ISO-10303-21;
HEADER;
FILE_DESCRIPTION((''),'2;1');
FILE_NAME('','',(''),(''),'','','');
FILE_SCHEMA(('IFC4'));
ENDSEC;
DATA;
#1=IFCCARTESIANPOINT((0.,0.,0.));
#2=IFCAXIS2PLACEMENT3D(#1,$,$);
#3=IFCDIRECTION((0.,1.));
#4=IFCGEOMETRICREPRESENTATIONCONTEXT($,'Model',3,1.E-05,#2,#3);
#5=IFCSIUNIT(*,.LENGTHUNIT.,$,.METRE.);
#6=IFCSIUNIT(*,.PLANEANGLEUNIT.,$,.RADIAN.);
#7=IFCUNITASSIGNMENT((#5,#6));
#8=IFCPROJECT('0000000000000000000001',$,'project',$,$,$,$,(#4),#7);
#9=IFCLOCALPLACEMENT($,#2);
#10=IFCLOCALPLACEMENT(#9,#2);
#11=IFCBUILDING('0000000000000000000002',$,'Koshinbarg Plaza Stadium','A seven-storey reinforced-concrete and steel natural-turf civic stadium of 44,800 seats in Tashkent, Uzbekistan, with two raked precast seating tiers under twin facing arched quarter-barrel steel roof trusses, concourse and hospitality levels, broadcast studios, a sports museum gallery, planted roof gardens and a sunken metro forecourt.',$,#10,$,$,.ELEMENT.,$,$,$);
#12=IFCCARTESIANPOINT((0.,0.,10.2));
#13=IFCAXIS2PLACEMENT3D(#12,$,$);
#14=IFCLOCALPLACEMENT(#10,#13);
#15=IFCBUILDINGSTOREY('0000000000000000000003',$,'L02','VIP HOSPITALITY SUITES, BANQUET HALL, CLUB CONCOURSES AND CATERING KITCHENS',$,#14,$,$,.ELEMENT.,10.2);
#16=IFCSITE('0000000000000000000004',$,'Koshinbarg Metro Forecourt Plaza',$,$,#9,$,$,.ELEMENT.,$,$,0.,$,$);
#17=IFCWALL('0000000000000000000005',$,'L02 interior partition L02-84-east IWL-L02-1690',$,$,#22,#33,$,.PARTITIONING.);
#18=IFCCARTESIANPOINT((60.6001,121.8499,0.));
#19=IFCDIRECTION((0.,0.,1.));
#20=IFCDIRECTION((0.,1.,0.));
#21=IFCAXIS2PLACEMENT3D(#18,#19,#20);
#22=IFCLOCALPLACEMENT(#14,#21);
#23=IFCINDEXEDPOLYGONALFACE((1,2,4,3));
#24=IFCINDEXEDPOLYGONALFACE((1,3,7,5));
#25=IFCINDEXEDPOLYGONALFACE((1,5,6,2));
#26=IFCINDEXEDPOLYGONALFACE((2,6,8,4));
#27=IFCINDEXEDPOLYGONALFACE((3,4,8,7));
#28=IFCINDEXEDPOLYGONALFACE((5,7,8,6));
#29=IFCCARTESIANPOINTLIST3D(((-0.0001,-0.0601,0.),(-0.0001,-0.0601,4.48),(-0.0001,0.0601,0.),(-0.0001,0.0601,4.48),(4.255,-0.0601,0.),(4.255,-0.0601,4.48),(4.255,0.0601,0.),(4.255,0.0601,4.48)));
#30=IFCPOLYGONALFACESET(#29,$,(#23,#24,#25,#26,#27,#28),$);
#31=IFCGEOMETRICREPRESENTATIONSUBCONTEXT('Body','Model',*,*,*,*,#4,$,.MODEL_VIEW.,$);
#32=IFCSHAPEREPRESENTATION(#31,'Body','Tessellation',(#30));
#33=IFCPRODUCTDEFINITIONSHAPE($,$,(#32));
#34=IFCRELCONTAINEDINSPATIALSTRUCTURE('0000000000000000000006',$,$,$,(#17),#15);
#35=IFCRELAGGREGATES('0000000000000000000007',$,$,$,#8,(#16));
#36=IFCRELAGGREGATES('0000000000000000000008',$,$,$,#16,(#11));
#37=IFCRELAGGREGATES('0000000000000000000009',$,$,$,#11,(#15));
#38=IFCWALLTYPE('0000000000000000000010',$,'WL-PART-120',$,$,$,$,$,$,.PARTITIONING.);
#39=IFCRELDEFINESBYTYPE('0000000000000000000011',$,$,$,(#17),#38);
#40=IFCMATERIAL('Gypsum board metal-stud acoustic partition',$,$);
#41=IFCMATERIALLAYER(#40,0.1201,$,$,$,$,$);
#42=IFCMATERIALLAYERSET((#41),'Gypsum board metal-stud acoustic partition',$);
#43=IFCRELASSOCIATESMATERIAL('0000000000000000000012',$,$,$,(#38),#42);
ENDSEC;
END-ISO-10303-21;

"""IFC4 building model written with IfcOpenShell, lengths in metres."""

from ifc_helpers import new_model, si_unit, direction, frame, frame_2d, origin, place, context, subcontext, project, spatial, rectangle, extrude, material, layer, layer_set, type_object, element, save


model = new_model("IFC4")

# Units and contexts
model_context = context("Model", 3, precision=1e-05, world=origin(), true_north=direction((0.0, 1.0)))
body_context = subcontext(model_context, "Body", "Model", "MODEL_VIEW")
ifc_project = project(units=[si_unit("LENGTHUNIT", "METRE"), si_unit("PLANEANGLEUNIT", "RADIAN")], contexts=[model_context])

# Site, building, storey
site_placement = place(None, origin())
site = spatial("IfcSite", under=ifc_project, at=site_placement, Name="Koshinbarg Metro Forecourt Plaza", CompositionType="ELEMENT", RefElevation=0.0)
building_placement = place(site_placement, origin())
building = spatial("IfcBuilding", under=site, at=building_placement, Name="Koshinbarg Plaza Stadium", Description="A seven-storey reinforced-concrete and steel natural-turf civic stadium of 44,800 seats in Tashkent, Uzbekistan, with two raked precast seating tiers under twin facing arched quarter-barrel steel roof trusses, concourse and hospitality levels, broadcast studios, a sports museum gallery, planted roof gardens and a sunken metro forecourt.", CompositionType="ELEMENT")
storey_placement = place(building_placement, frame((0.0, 0.0, 10.2)))
storey = spatial("IfcBuildingStorey", under=building, at=storey_placement, Name="L02", Description="VIP HOSPITALITY SUITES, BANQUET HALL, CLUB CONCOURSES AND CATERING KITCHENS", CompositionType="ELEMENT", Elevation=10.2)

# Wall
ifc_material_1 = material(Name="Gypsum board metal-stud acoustic partition")
ifc_layer_1 = layer(ifc_material_1, 0.1201)
ifc_layer_set_1 = layer_set([ifc_layer_1], Name="Gypsum board metal-stud acoustic partition")
wall_type_1 = type_object("IfcWallType", Name="WL-PART-120", PredefinedType="PARTITIONING", material=ifc_layer_set_1)
wall_1_placement = place(storey_placement, frame((60.6001, 121.8499, 0.0), z_axis=(0.0, 0.0, 1.0), x_axis=(0.0, 1.0, 0.0)))
element("IfcWall", 1, at=wall_1_placement, inside=storey, type_object=wall_type_1, Name="L02 interior partition L02-84-east IWL-L02-1690", PredefinedType="PARTITIONING", context=body_context, shape_type="SweptSolid", body=[
    extrude(rectangle(XDim=4.2551, YDim=0.1201, at=frame_2d((2.1274, 0.0))), origin(), (0.0, 0.0, 1.0), 4.48),
])

save(model, "model.ifc")
